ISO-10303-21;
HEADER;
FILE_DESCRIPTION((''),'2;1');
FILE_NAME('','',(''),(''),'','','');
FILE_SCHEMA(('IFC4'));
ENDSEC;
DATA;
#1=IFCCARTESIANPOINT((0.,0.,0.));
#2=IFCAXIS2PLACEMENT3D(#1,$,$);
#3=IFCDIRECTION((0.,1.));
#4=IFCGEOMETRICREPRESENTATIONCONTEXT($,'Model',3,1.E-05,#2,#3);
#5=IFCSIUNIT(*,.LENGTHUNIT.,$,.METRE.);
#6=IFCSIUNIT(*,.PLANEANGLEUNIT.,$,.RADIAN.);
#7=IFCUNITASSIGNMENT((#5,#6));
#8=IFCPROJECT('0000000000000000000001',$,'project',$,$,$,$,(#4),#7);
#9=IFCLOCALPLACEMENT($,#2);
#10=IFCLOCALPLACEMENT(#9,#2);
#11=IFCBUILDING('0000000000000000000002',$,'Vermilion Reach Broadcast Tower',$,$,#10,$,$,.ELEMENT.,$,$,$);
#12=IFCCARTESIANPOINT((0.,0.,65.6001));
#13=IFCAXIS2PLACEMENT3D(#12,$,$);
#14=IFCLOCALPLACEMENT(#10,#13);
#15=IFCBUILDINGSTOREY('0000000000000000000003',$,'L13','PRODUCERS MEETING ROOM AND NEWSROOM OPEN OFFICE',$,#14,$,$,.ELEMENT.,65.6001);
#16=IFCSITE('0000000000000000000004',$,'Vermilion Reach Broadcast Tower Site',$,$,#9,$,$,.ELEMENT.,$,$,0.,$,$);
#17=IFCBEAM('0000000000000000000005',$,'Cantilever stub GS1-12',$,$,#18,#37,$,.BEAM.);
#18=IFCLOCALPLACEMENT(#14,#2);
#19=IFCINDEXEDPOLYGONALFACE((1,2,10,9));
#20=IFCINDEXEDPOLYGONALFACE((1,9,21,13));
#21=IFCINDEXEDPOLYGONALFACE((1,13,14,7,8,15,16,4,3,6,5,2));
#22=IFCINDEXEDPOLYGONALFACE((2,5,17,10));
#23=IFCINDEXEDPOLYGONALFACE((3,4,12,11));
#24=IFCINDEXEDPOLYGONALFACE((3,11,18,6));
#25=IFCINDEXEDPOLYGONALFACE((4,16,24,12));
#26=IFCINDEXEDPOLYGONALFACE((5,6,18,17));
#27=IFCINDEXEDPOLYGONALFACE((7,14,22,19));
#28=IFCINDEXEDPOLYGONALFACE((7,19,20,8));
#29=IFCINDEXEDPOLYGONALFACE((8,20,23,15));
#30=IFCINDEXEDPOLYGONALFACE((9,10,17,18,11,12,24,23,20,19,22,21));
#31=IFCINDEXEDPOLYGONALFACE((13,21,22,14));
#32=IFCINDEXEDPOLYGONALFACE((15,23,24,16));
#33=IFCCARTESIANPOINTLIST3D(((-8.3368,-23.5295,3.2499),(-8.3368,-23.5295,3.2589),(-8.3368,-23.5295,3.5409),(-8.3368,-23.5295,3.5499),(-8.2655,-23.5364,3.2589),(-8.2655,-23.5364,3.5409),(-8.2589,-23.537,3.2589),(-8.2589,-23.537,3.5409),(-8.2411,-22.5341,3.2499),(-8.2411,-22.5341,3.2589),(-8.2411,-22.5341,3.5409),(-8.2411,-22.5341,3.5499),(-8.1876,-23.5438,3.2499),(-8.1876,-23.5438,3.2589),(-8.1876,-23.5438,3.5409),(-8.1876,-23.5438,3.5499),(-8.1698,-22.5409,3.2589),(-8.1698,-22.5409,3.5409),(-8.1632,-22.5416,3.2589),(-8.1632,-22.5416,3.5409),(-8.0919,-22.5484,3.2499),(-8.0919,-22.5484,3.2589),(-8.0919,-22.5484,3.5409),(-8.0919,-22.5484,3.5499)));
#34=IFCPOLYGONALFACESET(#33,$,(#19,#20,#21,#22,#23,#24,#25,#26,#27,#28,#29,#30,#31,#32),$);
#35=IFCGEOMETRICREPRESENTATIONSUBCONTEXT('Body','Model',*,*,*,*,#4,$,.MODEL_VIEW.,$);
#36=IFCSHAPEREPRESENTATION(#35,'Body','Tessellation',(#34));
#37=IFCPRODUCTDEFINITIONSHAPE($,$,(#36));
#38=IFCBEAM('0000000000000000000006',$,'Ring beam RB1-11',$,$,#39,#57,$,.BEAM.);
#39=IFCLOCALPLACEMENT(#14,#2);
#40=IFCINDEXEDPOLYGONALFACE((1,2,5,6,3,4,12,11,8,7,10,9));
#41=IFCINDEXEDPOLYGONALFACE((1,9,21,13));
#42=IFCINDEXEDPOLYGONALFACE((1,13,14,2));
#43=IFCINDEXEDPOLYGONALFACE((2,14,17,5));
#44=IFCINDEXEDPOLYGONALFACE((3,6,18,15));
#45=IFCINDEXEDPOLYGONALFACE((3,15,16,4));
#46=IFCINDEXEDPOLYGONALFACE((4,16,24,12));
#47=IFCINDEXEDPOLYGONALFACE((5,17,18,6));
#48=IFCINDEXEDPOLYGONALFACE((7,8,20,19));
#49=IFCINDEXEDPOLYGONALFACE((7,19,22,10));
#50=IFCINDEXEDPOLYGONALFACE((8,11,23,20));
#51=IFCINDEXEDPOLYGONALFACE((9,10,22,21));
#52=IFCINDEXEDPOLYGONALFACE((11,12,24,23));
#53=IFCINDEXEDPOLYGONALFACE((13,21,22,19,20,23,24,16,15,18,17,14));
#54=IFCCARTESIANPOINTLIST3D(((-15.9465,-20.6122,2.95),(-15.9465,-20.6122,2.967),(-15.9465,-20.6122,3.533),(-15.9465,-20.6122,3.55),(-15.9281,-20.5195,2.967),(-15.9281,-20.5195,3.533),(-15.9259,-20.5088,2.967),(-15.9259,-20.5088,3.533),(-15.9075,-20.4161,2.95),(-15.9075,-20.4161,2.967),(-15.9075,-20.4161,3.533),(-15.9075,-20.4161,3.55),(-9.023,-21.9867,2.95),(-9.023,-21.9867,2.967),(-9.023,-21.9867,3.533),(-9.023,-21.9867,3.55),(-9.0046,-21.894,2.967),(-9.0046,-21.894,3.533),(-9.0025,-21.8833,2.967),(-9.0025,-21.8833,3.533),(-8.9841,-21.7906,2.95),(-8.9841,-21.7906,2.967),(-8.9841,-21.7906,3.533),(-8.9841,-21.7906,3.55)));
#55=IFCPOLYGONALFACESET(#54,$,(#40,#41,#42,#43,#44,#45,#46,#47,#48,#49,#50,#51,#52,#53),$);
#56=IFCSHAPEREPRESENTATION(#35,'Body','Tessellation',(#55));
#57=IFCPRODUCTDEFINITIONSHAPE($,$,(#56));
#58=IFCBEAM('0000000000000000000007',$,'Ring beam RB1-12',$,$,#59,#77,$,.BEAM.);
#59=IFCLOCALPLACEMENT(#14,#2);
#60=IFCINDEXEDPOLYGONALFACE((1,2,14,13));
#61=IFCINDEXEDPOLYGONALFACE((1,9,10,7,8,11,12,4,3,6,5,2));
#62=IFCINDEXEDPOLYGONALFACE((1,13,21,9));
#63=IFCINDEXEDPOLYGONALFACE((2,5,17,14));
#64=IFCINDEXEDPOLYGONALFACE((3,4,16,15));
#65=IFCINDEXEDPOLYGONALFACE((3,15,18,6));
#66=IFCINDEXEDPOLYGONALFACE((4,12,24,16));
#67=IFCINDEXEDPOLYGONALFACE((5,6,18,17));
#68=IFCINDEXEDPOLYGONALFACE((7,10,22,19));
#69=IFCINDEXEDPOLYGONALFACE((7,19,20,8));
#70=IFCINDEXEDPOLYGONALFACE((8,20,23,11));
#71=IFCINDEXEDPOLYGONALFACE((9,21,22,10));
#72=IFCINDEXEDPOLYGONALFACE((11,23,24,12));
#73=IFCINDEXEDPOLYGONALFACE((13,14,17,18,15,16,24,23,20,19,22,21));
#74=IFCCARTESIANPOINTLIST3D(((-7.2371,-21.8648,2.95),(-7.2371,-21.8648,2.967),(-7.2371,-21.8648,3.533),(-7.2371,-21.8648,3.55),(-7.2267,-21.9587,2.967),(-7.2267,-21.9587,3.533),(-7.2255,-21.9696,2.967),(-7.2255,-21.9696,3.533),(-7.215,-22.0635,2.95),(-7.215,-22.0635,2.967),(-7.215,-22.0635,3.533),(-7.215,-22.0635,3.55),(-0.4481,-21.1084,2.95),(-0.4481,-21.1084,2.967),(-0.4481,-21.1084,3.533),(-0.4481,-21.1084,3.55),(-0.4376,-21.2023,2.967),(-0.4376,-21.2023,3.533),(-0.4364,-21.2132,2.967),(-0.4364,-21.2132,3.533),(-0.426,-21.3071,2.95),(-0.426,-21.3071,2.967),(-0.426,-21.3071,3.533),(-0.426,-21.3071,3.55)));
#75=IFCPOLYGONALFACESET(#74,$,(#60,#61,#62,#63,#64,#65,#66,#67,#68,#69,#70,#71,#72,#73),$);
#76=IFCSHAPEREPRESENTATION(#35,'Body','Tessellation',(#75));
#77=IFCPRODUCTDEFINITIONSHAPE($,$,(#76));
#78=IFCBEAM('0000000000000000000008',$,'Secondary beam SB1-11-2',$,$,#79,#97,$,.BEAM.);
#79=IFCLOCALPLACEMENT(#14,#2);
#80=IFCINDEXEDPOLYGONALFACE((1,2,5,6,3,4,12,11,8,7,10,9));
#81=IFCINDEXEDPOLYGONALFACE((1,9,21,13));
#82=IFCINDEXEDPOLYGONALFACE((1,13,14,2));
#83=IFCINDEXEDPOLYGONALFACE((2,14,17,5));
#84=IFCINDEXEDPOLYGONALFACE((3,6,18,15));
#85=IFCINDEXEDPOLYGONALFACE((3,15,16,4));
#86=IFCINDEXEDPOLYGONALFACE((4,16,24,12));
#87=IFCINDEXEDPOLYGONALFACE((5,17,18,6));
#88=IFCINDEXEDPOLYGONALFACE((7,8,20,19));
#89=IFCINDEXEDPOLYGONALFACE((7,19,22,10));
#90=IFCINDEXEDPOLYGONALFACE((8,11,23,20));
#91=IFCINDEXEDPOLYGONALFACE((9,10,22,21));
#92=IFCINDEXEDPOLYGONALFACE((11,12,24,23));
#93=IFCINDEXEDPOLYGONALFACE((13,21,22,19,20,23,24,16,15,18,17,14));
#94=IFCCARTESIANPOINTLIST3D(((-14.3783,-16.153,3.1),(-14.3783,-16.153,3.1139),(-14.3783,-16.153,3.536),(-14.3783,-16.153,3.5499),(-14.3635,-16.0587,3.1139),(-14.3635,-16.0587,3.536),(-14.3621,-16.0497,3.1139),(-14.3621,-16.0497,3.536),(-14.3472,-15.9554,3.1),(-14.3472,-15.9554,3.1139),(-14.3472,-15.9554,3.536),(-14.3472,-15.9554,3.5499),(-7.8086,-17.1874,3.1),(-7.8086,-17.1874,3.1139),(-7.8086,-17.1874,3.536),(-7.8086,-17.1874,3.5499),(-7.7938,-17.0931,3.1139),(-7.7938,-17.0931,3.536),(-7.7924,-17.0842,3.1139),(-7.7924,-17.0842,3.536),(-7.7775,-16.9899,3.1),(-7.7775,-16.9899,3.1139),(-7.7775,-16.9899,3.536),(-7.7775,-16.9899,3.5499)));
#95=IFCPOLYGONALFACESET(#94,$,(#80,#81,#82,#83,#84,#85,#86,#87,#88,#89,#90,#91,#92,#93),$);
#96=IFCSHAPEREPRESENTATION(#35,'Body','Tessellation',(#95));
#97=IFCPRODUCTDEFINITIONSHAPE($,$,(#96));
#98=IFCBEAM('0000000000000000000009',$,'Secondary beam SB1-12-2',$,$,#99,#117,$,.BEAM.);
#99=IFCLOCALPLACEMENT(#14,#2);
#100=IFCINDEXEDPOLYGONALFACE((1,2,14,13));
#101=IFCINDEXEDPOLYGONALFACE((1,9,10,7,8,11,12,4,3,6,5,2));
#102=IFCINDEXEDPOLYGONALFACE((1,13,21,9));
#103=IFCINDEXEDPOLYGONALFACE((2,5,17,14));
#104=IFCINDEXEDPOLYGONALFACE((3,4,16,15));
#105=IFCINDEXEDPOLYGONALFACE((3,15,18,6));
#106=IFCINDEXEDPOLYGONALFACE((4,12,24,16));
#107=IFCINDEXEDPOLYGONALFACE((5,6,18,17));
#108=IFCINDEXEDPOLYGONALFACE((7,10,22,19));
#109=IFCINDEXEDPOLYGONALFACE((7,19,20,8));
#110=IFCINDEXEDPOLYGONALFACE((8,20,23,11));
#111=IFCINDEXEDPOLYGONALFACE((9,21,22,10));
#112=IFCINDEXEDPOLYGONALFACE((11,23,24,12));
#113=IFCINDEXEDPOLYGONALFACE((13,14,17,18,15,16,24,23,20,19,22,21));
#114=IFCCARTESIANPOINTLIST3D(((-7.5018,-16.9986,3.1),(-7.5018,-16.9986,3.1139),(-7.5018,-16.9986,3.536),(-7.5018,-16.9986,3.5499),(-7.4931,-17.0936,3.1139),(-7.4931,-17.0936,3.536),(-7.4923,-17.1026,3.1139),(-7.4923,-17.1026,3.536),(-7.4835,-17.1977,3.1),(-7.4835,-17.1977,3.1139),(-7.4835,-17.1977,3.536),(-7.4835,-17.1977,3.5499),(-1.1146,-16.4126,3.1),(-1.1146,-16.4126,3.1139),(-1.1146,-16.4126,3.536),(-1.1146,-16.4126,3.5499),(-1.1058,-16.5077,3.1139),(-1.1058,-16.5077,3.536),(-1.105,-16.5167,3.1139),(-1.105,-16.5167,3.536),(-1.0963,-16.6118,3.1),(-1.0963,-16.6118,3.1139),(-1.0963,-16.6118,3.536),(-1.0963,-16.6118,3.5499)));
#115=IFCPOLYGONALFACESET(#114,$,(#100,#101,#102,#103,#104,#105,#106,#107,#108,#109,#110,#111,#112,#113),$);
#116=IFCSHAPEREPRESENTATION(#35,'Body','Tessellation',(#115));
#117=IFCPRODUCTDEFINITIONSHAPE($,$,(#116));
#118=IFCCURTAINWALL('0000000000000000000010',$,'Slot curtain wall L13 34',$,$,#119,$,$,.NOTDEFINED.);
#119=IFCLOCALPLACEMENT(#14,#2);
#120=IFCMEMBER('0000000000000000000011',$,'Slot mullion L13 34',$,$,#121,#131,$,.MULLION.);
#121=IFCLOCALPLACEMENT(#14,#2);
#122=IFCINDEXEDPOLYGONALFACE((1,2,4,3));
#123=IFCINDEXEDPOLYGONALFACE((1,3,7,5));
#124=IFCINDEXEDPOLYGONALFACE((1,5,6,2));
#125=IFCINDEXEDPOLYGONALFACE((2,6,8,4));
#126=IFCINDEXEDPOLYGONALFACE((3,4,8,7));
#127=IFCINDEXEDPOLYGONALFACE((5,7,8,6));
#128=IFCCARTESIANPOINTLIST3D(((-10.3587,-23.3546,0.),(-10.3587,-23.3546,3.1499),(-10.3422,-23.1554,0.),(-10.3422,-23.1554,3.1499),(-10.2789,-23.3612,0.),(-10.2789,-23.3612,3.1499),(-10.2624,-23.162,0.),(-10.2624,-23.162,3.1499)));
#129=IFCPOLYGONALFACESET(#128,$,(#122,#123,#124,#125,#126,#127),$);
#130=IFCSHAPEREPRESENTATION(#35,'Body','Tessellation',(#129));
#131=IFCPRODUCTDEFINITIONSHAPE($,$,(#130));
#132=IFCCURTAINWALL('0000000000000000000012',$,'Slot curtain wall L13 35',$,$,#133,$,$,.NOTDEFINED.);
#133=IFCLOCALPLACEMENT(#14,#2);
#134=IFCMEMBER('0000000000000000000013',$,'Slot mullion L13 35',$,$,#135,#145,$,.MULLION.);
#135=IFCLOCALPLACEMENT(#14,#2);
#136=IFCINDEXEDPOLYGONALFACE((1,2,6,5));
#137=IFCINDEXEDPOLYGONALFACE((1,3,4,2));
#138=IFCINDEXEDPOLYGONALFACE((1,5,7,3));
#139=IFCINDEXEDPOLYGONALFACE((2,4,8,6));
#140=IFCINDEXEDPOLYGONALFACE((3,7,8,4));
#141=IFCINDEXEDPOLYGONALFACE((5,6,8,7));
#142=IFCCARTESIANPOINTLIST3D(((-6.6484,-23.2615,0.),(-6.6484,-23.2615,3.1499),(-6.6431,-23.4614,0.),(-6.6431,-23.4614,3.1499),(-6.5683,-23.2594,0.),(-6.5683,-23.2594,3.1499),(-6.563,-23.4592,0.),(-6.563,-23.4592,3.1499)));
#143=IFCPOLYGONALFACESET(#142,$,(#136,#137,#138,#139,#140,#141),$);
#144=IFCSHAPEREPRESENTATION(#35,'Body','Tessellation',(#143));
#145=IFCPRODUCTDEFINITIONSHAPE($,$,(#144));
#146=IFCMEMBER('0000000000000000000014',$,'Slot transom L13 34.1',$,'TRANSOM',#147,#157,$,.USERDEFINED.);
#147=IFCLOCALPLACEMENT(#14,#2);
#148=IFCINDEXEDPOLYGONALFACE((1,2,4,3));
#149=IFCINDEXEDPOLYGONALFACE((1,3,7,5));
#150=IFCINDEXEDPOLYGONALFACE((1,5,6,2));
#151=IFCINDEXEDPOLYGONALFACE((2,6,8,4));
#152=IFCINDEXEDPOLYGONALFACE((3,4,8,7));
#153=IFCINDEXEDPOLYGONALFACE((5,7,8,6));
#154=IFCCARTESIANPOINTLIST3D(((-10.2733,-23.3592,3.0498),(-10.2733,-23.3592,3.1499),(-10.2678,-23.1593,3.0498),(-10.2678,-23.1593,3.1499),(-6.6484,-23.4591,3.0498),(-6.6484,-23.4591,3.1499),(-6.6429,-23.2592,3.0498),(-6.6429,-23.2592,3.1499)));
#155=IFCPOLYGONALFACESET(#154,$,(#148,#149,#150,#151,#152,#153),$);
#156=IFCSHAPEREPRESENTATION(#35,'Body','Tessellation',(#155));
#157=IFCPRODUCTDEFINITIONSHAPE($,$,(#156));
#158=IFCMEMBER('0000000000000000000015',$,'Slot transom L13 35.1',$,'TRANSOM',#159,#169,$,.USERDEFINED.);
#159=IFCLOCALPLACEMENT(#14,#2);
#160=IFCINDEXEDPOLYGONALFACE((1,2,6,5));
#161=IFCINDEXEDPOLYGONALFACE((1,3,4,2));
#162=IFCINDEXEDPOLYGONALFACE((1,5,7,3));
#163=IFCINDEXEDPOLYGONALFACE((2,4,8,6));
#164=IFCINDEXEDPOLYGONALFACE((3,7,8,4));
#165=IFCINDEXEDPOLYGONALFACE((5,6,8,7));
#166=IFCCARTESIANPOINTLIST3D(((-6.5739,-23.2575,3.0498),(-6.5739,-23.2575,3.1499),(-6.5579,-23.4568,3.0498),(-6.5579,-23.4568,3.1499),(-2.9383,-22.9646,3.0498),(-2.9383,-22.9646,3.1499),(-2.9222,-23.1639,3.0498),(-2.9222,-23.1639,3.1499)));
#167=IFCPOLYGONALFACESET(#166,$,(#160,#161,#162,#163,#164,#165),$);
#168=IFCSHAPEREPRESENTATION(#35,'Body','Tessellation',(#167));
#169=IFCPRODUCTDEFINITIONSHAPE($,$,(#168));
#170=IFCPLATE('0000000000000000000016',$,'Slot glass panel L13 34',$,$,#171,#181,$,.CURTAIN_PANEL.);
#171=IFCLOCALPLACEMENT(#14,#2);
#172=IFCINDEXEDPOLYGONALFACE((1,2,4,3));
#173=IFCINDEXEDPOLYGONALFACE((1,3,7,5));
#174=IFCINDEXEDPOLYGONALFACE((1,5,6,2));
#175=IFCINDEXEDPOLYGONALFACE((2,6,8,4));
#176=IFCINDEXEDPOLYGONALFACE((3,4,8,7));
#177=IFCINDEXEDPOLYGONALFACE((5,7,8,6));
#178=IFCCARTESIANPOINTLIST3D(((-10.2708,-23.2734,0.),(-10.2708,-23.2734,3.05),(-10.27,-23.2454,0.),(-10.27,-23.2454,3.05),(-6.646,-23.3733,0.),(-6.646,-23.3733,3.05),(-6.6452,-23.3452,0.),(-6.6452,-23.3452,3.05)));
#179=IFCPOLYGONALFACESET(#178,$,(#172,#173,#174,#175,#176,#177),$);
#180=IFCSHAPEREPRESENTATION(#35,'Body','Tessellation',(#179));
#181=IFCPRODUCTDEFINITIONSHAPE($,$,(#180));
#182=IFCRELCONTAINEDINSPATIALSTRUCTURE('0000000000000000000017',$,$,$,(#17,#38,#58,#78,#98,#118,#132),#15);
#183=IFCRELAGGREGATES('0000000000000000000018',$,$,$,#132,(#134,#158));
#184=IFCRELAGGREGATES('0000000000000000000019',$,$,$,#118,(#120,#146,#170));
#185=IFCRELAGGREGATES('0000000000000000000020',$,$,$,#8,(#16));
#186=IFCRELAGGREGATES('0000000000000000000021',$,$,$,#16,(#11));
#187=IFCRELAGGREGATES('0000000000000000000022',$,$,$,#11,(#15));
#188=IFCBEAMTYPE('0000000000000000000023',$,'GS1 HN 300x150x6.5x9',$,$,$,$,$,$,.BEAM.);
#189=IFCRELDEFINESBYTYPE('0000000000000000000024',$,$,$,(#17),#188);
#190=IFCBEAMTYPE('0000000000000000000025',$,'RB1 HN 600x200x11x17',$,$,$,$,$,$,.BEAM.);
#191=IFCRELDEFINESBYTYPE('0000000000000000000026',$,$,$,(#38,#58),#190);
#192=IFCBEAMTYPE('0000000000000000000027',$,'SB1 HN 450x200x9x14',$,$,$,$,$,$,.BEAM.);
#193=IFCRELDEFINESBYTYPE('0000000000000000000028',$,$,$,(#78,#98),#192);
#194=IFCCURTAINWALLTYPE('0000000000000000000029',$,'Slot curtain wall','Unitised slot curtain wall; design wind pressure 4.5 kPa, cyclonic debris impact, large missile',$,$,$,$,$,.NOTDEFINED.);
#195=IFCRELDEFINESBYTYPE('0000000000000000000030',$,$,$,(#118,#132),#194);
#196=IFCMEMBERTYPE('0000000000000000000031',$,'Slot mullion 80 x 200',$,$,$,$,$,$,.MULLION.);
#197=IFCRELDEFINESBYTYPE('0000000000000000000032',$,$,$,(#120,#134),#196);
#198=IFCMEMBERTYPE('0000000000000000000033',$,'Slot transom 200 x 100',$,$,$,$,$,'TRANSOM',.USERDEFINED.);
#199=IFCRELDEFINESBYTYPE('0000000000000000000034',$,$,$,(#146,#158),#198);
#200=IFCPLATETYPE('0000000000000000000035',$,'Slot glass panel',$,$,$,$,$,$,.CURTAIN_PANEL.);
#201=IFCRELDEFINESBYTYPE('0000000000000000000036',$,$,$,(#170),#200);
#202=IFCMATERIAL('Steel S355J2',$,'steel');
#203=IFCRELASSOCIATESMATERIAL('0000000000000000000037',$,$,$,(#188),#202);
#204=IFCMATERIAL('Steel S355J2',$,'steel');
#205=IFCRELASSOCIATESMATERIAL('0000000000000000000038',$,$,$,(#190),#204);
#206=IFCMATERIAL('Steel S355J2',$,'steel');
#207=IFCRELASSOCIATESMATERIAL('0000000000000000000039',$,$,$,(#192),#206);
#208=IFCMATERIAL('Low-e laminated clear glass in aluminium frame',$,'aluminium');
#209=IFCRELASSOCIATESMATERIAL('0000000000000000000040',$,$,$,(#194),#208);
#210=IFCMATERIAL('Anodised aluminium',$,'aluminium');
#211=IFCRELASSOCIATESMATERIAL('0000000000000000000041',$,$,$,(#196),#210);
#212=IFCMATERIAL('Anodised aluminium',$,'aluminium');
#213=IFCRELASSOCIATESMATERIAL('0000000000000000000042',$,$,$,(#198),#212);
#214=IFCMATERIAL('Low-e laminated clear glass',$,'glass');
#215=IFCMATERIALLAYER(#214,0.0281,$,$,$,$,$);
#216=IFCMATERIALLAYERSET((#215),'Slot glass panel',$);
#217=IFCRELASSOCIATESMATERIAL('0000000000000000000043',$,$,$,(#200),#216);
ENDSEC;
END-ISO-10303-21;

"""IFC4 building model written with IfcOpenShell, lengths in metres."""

from ifc_helpers import new_model, si_unit, direction, frame, origin, origin_2d, place, context, subcontext, project, spatial, rectangle, i_section, extrude, material, layer, layer_set, material_profile, profile_set, type_object, element, aggregate, save


model = new_model("IFC4")

# Units and contexts
model_context = context("Model", 3, precision=1e-05, world=origin(), true_north=direction((0.0, 1.0)))
body_context = subcontext(model_context, "Body", "Model", "MODEL_VIEW")
ifc_project = project(units=[si_unit("LENGTHUNIT", "METRE"), si_unit("PLANEANGLEUNIT", "RADIAN")], contexts=[model_context])

# Site, building, storey
site_placement = place(None, origin())
site = spatial("IfcSite", under=ifc_project, at=site_placement, Name="Vermilion Reach Broadcast Tower Site", CompositionType="ELEMENT", RefElevation=0.0)
building_placement = place(site_placement, origin())
building = spatial("IfcBuilding", under=site, at=building_placement, Name="Vermilion Reach Broadcast Tower", CompositionType="ELEMENT")
storey_placement = place(building_placement, frame((0.0, 0.0, 65.6001)))
storey = spatial("IfcBuildingStorey", under=building, at=storey_placement, Name="L13", Description="PRODUCERS MEETING ROOM AND NEWSROOM OPEN OFFICE", CompositionType="ELEMENT", Elevation=65.6001)

# Beams
ifc_material_1 = material(Name="Steel S355J2", Category="steel")
ifc_material_profile_1 = material_profile(ifc_material_1, i_section(OverallWidth=0.1499, OverallDepth=0.3, WebThickness=0.0066, FlangeThickness=0.009, at=origin_2d()), Name="S355J2 HN 300x150x6.5x9")
ifc_profile_set_1 = profile_set([ifc_material_profile_1], Name="Steel S355J2")
beam_type_1 = type_object("IfcBeamType", Name="GS1 HN 300x150x6.5x9", PredefinedType="BEAM", material=ifc_profile_set_1)
beam_1_placement = place(storey_placement, frame((-8.1665, -22.5413, 3.3999), z_axis=(-0.095708, -0.995409, 0.0), x_axis=(0.995409, -0.095708, 0.0)))
element("IfcBeam", 1, at=beam_1_placement, inside=storey, type_object=beam_type_1, Name="Cantilever stub GS1-12", PredefinedType="BEAM", context=body_context, shape_type="SweptSolid", body=[
    extrude(i_section(OverallWidth=0.1499, OverallDepth=0.3, WebThickness=0.0066, FlangeThickness=0.009, at=origin_2d()), origin(), (0.0, 0.0, 1.0), 1.0),
])
ifc_material_2 = material(Name="Steel S355J2", Category="steel")
ifc_material_profile_2 = material_profile(ifc_material_2, i_section(OverallWidth=0.2, OverallDepth=0.6001, WebThickness=0.011, FlangeThickness=0.0171, at=origin_2d()), Name="S355J2 HN 600x200x11x17")
ifc_profile_set_2 = profile_set([ifc_material_profile_2], Name="Steel S355J2")
beam_type_2 = type_object("IfcBeamType", Name="RB1 HN 600x200x11x17", PredefinedType="BEAM", material=ifc_profile_set_2)
beam_2_placement = place(storey_placement, frame((-15.927, -20.5142, 3.25), z_axis=(0.980858, -0.194726, 0.0), x_axis=(0.194726, 0.980858, 0.0)))
element("IfcBeam", 2, at=beam_2_placement, inside=storey, type_object=beam_type_2, Name="Ring beam RB1-11", PredefinedType="BEAM", context=body_context, shape_type="SweptSolid", body=[
    extrude(i_section(OverallWidth=0.2, OverallDepth=0.6001, WebThickness=0.011, FlangeThickness=0.0171, at=origin_2d()), origin(), (0.0, 0.0, 1.0), 7.0586),
])
beam_3_placement = place(storey_placement, frame((-7.2261, -21.9641, 3.25), z_axis=(0.993851, 0.110722, 0.0), x_axis=(-0.110722, 0.993851, 0.0)))
element("IfcBeam", 3, at=beam_3_placement, inside=storey, type_object=beam_type_2, Name="Ring beam RB1-12", PredefinedType="BEAM", context=body_context, shape_type="SweptSolid", body=[
    extrude(i_section(OverallWidth=0.2, OverallDepth=0.6001, WebThickness=0.011, FlangeThickness=0.0171, at=origin_2d()), origin(), (0.0, 0.0, 1.0), 6.8311),
])
ifc_material_3 = material(Name="Steel S355J2", Category="steel")
ifc_material_profile_3 = material_profile(ifc_material_3, i_section(OverallWidth=0.2, OverallDepth=0.45, WebThickness=0.009, FlangeThickness=0.0139, at=origin_2d()), Name="S355J2 HN 450x200x9x14")
ifc_profile_set_3 = profile_set([ifc_material_profile_3], Name="Steel S355J2")
beam_type_3 = type_object("IfcBeamType", Name="SB1 HN 450x200x9x14", PredefinedType="BEAM", material=ifc_profile_set_3)
beam_4_placement = place(storey_placement, frame((-14.3628, -16.0542, 3.325), z_axis=(0.98783, -0.15554, 0.0), x_axis=(0.15554, 0.98783, 0.0)))
element("IfcBeam", 4, at=beam_4_placement, inside=storey, type_object=beam_type_3, Name="Secondary beam SB1-11-2", PredefinedType="BEAM", context=body_context, shape_type="SweptSolid", body=[
    extrude(i_section(OverallWidth=0.2, OverallDepth=0.45, WebThickness=0.009, FlangeThickness=0.0139, at=origin_2d()), origin(), (0.0, 0.0, 1.0), 6.6506),
])
beam_5_placement = place(storey_placement, frame((-7.4927, -17.0981, 3.325), z_axis=(0.995819, 0.091353, 0.0), x_axis=(-0.091353, 0.995819, 0.0)))
element("IfcBeam", 5, at=beam_5_placement, inside=storey, type_object=beam_type_3, Name="Secondary beam SB1-12-2", PredefinedType="BEAM", context=body_context, shape_type="SweptSolid", body=[
    extrude(i_section(OverallWidth=0.2, OverallDepth=0.45, WebThickness=0.009, FlangeThickness=0.0139, at=origin_2d()), origin(), (0.0, 0.0, 1.0), 6.4141),
])

# Curtain walls, members
ifc_material_4 = material(Name="Low-e laminated clear glass in aluminium frame", Category="aluminium")
curtain_wall_type = type_object("IfcCurtainWallType", Name="Slot curtain wall", Description="Unitised slot curtain wall; design wind pressure 4.5 kPa, cyclonic debris impact, large missile", PredefinedType="NOTDEFINED", material=ifc_material_4)
placement = place(storey_placement, origin())
curtain_wall_1 = element("IfcCurtainWall", 6, at=placement, inside=storey, type_object=curtain_wall_type, Name="Slot curtain wall L13 34", PredefinedType="NOTDEFINED")
ifc_material_5 = material(Name="Anodised aluminium", Category="aluminium")
ifc_material_profile_4 = material_profile(ifc_material_5, rectangle(XDim=0.2, YDim=0.0801, at=origin_2d()), Name="Slot mullion 80 x 200")
ifc_profile_set_4 = profile_set([ifc_material_profile_4], Name="Anodised aluminium")
member_type_1 = type_object("IfcMemberType", Name="Slot mullion 80 x 200", PredefinedType="MULLION", material=ifc_profile_set_4)
member_1_placement = place(storey_placement, frame((-10.3105, -23.2583, 0.0), z_axis=(0.0, 0.0, 1.0), x_axis=(0.082304, 0.996607, 0.0)))
member_1 = element("IfcMember", 7, at=member_1_placement, type_object=member_type_1, Name="Slot mullion L13 34", PredefinedType="MULLION", context=body_context, shape_type="SweptSolid", body=[
    extrude(rectangle(XDim=0.2, YDim=0.0801, at=origin_2d()), origin(), (0.0, 0.0, 1.0), 3.1499),
])
curtain_wall_2 = element("IfcCurtainWall", 8, at=placement, inside=storey, type_object=curtain_wall_type, Name="Slot curtain wall L13 35", PredefinedType="NOTDEFINED")
member_2_placement = place(storey_placement, frame((-6.6057, -23.3604, 0.0), z_axis=(0.0, 0.0, 1.0), x_axis=(-0.026422, 0.999651, 0.0)))
member_2 = element("IfcMember", 9, at=member_2_placement, type_object=member_type_1, Name="Slot mullion L13 35", PredefinedType="MULLION", context=body_context, shape_type="SweptSolid", body=[
    extrude(rectangle(XDim=0.2, YDim=0.0801, at=origin_2d()), origin(), (0.0, 0.0, 1.0), 3.1499),
])

# Members
ifc_material_6 = material(Name="Anodised aluminium", Category="aluminium")
ifc_material_profile_5 = material_profile(ifc_material_6, rectangle(XDim=0.2, YDim=0.1001, at=origin_2d()), Name="Slot transom 200 x 100")
ifc_profile_set_5 = profile_set([ifc_material_profile_5], Name="Anodised aluminium")
member_type_2 = type_object("IfcMemberType", Name="Slot transom 200 x 100", ElementType="TRANSOM", PredefinedType="USERDEFINED", material=ifc_profile_set_5)
member_3_placement = place(storey_placement, frame((-10.2705, -23.2593, 3.0999), z_axis=(0.999621, -0.027537, 0.0), x_axis=(0.027537, 0.999621, 0.0)))
member_3 = element("IfcMember", 10, at=member_3_placement, type_object=member_type_2, Name="Slot transom L13 34.1", ObjectType="TRANSOM", PredefinedType="USERDEFINED", context=body_context, shape_type="SweptSolid", body=[
    extrude(rectangle(XDim=0.2, YDim=0.1001, at=origin_2d()), origin(), (0.0, 0.0, 1.0), 3.6262),
])
member_4_placement = place(storey_placement, frame((-6.5659, -23.3572, 3.0999), z_axis=(0.996769, 0.08032, 0.0), x_axis=(-0.08032, 0.996769, 0.0)))
member_4 = element("IfcMember", 11, at=member_4_placement, type_object=member_type_2, Name="Slot transom L13 35.1", ObjectType="TRANSOM", PredefinedType="USERDEFINED", context=body_context, shape_type="SweptSolid", body=[
    extrude(rectangle(XDim=0.2, YDim=0.1001, at=origin_2d()), origin(), (0.0, 0.0, 1.0), 3.6475),
])
aggregate(curtain_wall_2, [member_2, member_4])

# Plate
ifc_material_7 = material(Name="Low-e laminated clear glass", Category="glass")
ifc_layer_1 = layer(ifc_material_7, 0.0281)
ifc_layer_set_1 = layer_set([ifc_layer_1], Name="Slot glass panel")
plate_type = type_object("IfcPlateType", Name="Slot glass panel", PredefinedType="CURTAIN_PANEL", material=ifc_layer_set_1)
plate_placement = place(storey_placement, frame((-8.458, -23.3093, 0.0), z_axis=(0.0, 0.0, 1.0), x_axis=(0.999621, -0.02753, 0.0)))
plate = element("IfcPlate", 12, at=plate_placement, type_object=plate_type, Name="Slot glass panel L13 34", PredefinedType="CURTAIN_PANEL", context=body_context, shape_type="SweptSolid", body=[
    extrude(rectangle(XDim=3.6262, YDim=0.0281, at=origin_2d()), origin(), (0.0, 0.0, 1.0), 3.05),
])
aggregate(curtain_wall_1, [member_1, member_3, plate])

save(model, "model.ifc")
